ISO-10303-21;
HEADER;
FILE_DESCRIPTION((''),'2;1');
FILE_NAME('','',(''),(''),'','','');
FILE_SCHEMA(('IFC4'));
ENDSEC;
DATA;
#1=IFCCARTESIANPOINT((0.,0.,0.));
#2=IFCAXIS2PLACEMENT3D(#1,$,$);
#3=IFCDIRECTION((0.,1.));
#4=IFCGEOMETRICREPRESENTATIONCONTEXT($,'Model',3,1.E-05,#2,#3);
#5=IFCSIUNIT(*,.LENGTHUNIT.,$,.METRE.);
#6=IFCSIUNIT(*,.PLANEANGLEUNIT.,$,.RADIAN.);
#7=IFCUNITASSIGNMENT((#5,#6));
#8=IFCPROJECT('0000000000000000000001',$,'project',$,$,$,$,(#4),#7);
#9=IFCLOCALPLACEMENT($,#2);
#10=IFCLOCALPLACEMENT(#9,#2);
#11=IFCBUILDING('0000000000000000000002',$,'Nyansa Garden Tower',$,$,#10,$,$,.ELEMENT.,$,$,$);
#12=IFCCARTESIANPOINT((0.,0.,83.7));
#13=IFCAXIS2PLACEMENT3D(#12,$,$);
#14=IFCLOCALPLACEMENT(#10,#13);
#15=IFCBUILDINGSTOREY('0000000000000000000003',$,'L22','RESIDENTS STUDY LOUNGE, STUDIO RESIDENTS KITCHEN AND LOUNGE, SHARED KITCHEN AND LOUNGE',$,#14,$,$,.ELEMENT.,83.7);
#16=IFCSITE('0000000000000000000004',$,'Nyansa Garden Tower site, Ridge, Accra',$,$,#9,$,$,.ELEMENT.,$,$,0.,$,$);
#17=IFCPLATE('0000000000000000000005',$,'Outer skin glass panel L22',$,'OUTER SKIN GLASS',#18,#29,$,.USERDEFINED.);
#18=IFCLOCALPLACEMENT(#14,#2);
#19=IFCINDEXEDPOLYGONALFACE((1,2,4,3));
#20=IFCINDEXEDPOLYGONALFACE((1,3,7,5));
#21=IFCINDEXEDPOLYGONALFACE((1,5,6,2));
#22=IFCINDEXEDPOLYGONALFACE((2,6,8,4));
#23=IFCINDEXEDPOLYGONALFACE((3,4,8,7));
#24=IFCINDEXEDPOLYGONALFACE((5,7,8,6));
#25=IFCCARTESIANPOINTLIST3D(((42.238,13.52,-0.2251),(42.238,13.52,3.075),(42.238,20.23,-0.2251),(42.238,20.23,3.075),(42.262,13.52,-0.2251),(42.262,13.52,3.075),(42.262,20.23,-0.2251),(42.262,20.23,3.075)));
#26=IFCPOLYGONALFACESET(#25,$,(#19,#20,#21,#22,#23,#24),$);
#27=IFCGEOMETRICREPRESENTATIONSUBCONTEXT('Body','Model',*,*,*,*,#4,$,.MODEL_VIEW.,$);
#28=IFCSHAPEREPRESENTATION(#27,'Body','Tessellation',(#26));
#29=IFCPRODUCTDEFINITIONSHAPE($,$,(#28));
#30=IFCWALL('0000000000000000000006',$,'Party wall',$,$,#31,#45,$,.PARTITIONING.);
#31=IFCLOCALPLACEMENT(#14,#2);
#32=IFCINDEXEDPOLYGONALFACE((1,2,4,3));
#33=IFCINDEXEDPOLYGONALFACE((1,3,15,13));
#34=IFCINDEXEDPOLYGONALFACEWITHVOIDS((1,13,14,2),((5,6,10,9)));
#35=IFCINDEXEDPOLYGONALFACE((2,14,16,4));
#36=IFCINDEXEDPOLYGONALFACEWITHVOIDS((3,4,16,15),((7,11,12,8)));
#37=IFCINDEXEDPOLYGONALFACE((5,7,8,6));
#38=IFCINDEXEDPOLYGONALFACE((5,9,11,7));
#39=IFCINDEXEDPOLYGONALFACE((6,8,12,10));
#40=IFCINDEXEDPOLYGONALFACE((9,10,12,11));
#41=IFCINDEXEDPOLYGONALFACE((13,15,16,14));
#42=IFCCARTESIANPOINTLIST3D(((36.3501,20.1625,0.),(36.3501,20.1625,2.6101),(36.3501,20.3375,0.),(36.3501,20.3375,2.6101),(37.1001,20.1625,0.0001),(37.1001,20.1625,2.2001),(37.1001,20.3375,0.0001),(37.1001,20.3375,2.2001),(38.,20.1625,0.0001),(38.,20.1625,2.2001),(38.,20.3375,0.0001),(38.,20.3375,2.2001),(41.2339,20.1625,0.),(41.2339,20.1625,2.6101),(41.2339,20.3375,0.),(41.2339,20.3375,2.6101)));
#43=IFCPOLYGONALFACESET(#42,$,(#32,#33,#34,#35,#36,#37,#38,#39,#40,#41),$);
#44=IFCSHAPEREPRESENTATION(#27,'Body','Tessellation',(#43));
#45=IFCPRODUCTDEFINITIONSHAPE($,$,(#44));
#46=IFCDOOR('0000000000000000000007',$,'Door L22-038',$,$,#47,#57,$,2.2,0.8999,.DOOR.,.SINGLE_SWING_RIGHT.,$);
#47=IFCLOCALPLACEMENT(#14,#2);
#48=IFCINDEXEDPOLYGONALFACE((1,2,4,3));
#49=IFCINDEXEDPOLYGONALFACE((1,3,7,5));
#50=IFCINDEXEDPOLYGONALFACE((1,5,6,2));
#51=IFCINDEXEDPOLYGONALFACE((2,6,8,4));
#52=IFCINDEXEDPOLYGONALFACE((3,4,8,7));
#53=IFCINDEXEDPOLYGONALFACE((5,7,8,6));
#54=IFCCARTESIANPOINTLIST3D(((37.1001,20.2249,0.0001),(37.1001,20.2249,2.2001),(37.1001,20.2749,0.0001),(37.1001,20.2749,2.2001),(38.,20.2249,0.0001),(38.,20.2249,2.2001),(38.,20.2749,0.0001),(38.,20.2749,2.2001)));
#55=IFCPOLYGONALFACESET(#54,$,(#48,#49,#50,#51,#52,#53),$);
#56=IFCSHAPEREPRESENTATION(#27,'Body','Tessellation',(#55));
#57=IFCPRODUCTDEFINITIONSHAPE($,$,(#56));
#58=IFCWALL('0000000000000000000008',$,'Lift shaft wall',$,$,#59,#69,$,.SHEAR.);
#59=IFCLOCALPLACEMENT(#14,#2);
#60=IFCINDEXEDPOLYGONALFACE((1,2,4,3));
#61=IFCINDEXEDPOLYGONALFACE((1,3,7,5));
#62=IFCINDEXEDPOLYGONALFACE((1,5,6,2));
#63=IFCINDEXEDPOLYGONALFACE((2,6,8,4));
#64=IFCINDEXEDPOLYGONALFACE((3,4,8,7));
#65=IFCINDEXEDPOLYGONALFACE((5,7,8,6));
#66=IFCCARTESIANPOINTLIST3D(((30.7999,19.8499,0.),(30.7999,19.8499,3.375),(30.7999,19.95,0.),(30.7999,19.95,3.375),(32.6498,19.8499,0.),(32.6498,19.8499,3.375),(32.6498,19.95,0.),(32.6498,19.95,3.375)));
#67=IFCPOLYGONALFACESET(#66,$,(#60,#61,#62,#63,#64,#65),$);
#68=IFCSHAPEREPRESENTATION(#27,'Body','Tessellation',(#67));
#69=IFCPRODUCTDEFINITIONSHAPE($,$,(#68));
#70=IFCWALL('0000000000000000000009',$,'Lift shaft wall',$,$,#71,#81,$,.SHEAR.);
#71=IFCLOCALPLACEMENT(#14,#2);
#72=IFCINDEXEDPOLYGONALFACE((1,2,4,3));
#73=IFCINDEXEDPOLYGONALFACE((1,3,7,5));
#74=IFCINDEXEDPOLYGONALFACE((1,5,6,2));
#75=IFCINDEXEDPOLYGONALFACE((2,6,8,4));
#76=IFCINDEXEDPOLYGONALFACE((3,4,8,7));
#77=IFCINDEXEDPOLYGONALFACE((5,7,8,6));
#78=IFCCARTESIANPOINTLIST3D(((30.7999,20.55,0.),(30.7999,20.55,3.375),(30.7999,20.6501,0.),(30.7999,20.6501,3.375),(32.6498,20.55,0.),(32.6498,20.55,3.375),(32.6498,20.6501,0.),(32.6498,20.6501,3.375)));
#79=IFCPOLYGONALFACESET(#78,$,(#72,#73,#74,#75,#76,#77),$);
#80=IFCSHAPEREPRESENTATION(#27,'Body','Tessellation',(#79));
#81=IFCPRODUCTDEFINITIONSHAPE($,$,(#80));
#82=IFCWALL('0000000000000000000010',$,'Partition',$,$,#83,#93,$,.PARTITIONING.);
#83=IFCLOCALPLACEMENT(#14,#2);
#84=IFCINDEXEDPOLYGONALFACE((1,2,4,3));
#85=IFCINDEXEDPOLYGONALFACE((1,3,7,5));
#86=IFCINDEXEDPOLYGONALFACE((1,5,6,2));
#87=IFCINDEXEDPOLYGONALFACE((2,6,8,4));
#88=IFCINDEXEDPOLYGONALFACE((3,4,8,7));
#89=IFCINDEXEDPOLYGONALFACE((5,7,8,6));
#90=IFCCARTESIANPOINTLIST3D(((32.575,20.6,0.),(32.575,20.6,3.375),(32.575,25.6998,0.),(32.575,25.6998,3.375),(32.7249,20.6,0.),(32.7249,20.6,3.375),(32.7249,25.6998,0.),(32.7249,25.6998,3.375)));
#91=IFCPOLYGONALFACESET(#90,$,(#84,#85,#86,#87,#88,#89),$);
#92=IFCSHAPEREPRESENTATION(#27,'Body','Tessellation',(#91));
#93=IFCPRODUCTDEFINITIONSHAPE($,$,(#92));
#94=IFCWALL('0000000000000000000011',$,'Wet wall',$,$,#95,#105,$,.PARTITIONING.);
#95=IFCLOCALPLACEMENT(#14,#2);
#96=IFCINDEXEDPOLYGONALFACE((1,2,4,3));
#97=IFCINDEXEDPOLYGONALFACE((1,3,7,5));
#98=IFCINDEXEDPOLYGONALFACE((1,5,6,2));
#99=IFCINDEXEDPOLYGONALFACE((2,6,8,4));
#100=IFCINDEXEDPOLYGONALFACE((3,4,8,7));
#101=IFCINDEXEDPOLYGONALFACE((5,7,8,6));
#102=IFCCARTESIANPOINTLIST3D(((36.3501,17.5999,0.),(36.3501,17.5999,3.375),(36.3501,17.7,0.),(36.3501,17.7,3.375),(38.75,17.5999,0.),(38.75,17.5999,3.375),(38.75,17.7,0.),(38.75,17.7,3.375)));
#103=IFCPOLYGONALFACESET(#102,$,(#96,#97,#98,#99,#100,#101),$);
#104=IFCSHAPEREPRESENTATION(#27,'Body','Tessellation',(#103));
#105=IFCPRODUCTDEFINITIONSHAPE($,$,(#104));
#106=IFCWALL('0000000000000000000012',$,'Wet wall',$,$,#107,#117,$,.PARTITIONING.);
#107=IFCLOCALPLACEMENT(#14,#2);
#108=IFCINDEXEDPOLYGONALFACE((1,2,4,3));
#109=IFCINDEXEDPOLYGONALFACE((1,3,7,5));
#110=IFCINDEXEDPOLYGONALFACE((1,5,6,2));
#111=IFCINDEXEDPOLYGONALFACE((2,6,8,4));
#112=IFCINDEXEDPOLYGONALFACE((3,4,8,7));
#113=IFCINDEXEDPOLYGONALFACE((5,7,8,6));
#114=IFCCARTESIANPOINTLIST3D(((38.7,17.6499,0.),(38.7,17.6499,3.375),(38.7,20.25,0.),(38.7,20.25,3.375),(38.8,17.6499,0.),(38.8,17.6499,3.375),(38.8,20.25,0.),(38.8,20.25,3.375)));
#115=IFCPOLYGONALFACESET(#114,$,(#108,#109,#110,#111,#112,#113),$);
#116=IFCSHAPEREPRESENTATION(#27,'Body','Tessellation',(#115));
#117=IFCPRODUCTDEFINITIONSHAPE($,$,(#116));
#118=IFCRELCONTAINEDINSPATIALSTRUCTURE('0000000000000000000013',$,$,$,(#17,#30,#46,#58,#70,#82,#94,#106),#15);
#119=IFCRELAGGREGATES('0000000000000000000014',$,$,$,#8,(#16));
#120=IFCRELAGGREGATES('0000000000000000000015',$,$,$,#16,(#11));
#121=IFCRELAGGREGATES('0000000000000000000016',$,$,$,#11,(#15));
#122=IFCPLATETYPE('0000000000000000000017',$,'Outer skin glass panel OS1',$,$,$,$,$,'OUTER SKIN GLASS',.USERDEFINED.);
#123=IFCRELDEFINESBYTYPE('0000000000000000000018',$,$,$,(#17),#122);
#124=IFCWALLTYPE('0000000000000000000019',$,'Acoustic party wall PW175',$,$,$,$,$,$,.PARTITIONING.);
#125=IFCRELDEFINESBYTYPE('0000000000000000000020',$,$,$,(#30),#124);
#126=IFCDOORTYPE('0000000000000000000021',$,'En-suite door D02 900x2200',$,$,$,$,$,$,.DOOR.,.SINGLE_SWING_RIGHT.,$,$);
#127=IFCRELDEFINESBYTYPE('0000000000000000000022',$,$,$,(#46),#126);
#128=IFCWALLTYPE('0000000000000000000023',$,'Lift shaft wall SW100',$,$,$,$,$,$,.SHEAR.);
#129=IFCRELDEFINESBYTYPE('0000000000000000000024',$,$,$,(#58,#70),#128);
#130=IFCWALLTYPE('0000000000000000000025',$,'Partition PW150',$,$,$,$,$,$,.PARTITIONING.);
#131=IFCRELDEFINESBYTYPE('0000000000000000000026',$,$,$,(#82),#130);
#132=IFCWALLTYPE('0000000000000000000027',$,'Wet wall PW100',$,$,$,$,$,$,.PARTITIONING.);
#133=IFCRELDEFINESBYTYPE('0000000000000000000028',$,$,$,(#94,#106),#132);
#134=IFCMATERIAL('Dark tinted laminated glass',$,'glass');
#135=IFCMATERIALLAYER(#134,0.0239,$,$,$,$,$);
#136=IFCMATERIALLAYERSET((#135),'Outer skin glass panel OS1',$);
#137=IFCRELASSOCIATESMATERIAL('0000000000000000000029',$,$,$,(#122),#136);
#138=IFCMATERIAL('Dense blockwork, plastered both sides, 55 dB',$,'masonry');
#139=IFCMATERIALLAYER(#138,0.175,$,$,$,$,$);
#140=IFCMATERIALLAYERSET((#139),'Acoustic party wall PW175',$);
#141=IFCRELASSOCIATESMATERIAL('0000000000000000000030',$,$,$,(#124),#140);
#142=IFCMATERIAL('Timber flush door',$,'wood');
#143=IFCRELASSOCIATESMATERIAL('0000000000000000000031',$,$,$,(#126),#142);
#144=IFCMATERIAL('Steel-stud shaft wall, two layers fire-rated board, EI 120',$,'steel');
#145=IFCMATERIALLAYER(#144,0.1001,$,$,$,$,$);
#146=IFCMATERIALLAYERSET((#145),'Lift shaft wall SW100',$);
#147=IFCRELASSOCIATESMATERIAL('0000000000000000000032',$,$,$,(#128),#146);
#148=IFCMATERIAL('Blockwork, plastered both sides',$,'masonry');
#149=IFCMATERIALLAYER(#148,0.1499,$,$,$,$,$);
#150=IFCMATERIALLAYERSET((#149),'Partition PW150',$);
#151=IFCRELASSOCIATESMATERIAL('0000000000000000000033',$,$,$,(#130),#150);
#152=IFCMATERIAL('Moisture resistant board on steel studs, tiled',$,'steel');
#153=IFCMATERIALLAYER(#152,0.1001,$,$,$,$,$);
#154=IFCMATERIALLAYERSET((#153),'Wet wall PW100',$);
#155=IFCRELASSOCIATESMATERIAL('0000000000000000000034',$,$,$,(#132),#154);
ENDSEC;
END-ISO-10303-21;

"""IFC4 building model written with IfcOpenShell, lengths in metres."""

from ifc_helpers import new_model, si_unit, direction, frame, frame_2d, origin, origin_2d, place, context, subcontext, project, spatial, rectangle, extrude, material, layer, layer_set, type_object, element, fill, save


model = new_model("IFC4")

# Units and contexts
model_context = context("Model", 3, precision=1e-05, world=origin(), true_north=direction((0.0, 1.0)))
body_context = subcontext(model_context, "Body", "Model", "MODEL_VIEW")
ifc_project = project(units=[si_unit("LENGTHUNIT", "METRE"), si_unit("PLANEANGLEUNIT", "RADIAN")], contexts=[model_context])

# Site, building, storey
site_placement = place(None, origin())
site = spatial("IfcSite", under=ifc_project, at=site_placement, Name="Nyansa Garden Tower site, Ridge, Accra", CompositionType="ELEMENT", RefElevation=0.0)
building_placement = place(site_placement, origin())
building = spatial("IfcBuilding", under=site, at=building_placement, Name="Nyansa Garden Tower", CompositionType="ELEMENT")
storey_placement = place(building_placement, frame((0.0, 0.0, 83.7)))
storey = spatial("IfcBuildingStorey", under=building, at=storey_placement, Name="L22", Description="RESIDENTS STUDY LOUNGE, STUDIO RESIDENTS KITCHEN AND LOUNGE, SHARED KITCHEN AND LOUNGE", CompositionType="ELEMENT", Elevation=83.7)

# Plate
ifc_material_1 = material(Name="Dark tinted laminated glass", Category="glass")
ifc_layer_1 = layer(ifc_material_1, 0.0239)
ifc_layer_set_1 = layer_set([ifc_layer_1], Name="Outer skin glass panel OS1")
plate_type_1 = type_object("IfcPlateType", Name="Outer skin glass panel OS1", ElementType="OUTER SKIN GLASS", PredefinedType="USERDEFINED", material=ifc_layer_set_1)
plate_1_placement = place(storey_placement, frame((42.25, 16.875, -0.2251), z_axis=(0.0, 0.0, 1.0), x_axis=(0.0, 1.0, 0.0)))
element("IfcPlate", 1, at=plate_1_placement, inside=storey, type_object=plate_type_1, Name="Outer skin glass panel L22", ObjectType="OUTER SKIN GLASS", PredefinedType="USERDEFINED", context=body_context, shape_type="SweptSolid", body=[
    extrude(rectangle(XDim=6.71, YDim=0.0239, at=origin_2d()), origin(), (0.0, 0.0, 1.0), 3.3),
])

# Wall, opening, door
ifc_material_2 = material(Name="Dense blockwork, plastered both sides, 55 dB", Category="masonry")
ifc_layer_2 = layer(ifc_material_2, 0.175)
ifc_layer_set_2 = layer_set([ifc_layer_2], Name="Acoustic party wall PW175")
wall_type_1 = type_object("IfcWallType", Name="Acoustic party wall PW175", PredefinedType="PARTITIONING", material=ifc_layer_set_2)
wall_1_placement = place(storey_placement, frame((36.3501, 20.25, 0.0), z_axis=(0.0, 0.0, 1.0), x_axis=(1.0, 0.0, 0.0)))
wall_1 = element("IfcWall", 2, at=wall_1_placement, inside=storey, type_object=wall_type_1, Name="Party wall", PredefinedType="PARTITIONING", context=body_context, shape_type="SweptSolid", body=[
    extrude(rectangle(XDim=4.8838, YDim=0.175, at=frame_2d((2.4419, 0.0))), origin(), (0.0, 0.0, 1.0), 2.6101),
])
opening_placement = place(wall_1_placement, frame((0.75, 0.0, 0.0)))
opening = element("IfcOpeningElement", 3, at=opening_placement, cuts=wall_1, PredefinedType="OPENING", context=body_context, shape_type="SweptSolid", body=[
    extrude(rectangle(XDim=0.8999, YDim=2.2, at=frame_2d((0.45, 1.1001))), frame((0.0, 0.0974, 0.0), z_axis=(0.0, -1.0, 0.0), x_axis=(1.0, 0.0, 0.0)), (0.0, 0.0, 1.0), 0.1951),
])
ifc_material_3 = material(Name="Timber flush door", Category="wood")
door_type = type_object("IfcDoorType", Name="En-suite door D02 900x2200", OperationType="SINGLE_SWING_RIGHT", PredefinedType="DOOR", material=ifc_material_3)
door_placement = place(opening_placement, origin())
door = element("IfcDoor", 4, at=door_placement, inside=storey, type_object=door_type, Name="Door L22-038", OperationType="SINGLE_SWING_RIGHT", OverallHeight=2.2, OverallWidth=0.8999, PredefinedType="DOOR", context=body_context, shape_type="SweptSolid", body=[
    extrude(rectangle(XDim=0.8999, YDim=2.2, at=frame_2d((0.45, 1.1001))), frame((0.0, 0.0249, 0.0), z_axis=(0.0, -1.0, 0.0), x_axis=(1.0, 0.0, 0.0)), (0.0, 0.0, 1.0), 0.05),
])
fill(opening, door)

# Walls
ifc_material_4 = material(Name="Steel-stud shaft wall, two layers fire-rated board, EI 120", Category="steel")
ifc_layer_3 = layer(ifc_material_4, 0.1001)
ifc_layer_set_3 = layer_set([ifc_layer_3], Name="Lift shaft wall SW100")
wall_type_2 = type_object("IfcWallType", Name="Lift shaft wall SW100", PredefinedType="SHEAR", material=ifc_layer_set_3)
for number, where, z_axis, x_axis, name in (
    (5, (30.8, 19.8999, 0.0), (0.0, 0.0, 1.0), (1.0, 0.0, 0.0), "Lift shaft wall"),
    (6, (30.8, 20.6001, 0.0), (0.0, 0.0, 1.0), (1.0, 0.0, 0.0), "Lift shaft wall"),
):
    element("IfcWall", number, at=place(storey_placement, frame(where, z_axis=z_axis, x_axis=x_axis)), inside=storey, type_object=wall_type_2, Name=name, PredefinedType="SHEAR", context=body_context, shape_type="SweptSolid", body=[
        extrude(rectangle(XDim=1.8499, YDim=0.1001, at=frame_2d((0.9248, 0.0))), origin(), (0.0, 0.0, 1.0), 3.375),
    ])
ifc_material_5 = material(Name="Blockwork, plastered both sides", Category="masonry")
ifc_layer_4 = layer(ifc_material_5, 0.1499)
ifc_layer_set_4 = layer_set([ifc_layer_4], Name="Partition PW150")
wall_type_3 = type_object("IfcWallType", Name="Partition PW150", PredefinedType="PARTITIONING", material=ifc_layer_set_4)
wall_2_placement = place(storey_placement, frame((32.6499, 20.6001, 0.0), z_axis=(0.0, 0.0, 1.0), x_axis=(0.0, 1.0, 0.0)))
element("IfcWall", 7, at=wall_2_placement, inside=storey, type_object=wall_type_3, Name="Partition", PredefinedType="PARTITIONING", context=body_context, shape_type="SweptSolid", body=[
    extrude(rectangle(XDim=5.0999, YDim=0.1499, at=frame_2d((2.5498, 0.0))), origin(), (0.0, 0.0, 1.0), 3.375),
])
ifc_material_6 = material(Name="Moisture resistant board on steel studs, tiled", Category="steel")
ifc_layer_5 = layer(ifc_material_6, 0.1001)
ifc_layer_set_5 = layer_set([ifc_layer_5], Name="Wet wall PW100")
wall_type_4 = type_object("IfcWallType", Name="Wet wall PW100", PredefinedType="PARTITIONING", material=ifc_layer_set_5)
wall_3_placement = place(storey_placement, frame((36.3501, 17.6499, 0.0), z_axis=(0.0, 0.0, 1.0), x_axis=(1.0, 0.0, 0.0)))
element("IfcWall", 8, at=wall_3_placement, inside=storey, type_object=wall_type_4, Name="Wet wall", PredefinedType="PARTITIONING", context=body_context, shape_type="SweptSolid", body=[
    extrude(rectangle(XDim=2.3999, YDim=0.1001, at=frame_2d((1.2, 0.0))), origin(), (0.0, 0.0, 1.0), 3.375),
])
wall_4_placement = place(storey_placement, frame((38.75, 17.6499, 0.0), z_axis=(0.0, 0.0, 1.0), x_axis=(0.0, 1.0, 0.0)))
element("IfcWall", 9, at=wall_4_placement, inside=storey, type_object=wall_type_4, Name="Wet wall", PredefinedType="PARTITIONING", context=body_context, shape_type="SweptSolid", body=[
    extrude(rectangle(XDim=2.6001, YDim=0.1001, at=frame_2d((1.3, 0.0))), origin(), (0.0, 0.0, 1.0), 3.375),
])

save(model, "model.ifc")
